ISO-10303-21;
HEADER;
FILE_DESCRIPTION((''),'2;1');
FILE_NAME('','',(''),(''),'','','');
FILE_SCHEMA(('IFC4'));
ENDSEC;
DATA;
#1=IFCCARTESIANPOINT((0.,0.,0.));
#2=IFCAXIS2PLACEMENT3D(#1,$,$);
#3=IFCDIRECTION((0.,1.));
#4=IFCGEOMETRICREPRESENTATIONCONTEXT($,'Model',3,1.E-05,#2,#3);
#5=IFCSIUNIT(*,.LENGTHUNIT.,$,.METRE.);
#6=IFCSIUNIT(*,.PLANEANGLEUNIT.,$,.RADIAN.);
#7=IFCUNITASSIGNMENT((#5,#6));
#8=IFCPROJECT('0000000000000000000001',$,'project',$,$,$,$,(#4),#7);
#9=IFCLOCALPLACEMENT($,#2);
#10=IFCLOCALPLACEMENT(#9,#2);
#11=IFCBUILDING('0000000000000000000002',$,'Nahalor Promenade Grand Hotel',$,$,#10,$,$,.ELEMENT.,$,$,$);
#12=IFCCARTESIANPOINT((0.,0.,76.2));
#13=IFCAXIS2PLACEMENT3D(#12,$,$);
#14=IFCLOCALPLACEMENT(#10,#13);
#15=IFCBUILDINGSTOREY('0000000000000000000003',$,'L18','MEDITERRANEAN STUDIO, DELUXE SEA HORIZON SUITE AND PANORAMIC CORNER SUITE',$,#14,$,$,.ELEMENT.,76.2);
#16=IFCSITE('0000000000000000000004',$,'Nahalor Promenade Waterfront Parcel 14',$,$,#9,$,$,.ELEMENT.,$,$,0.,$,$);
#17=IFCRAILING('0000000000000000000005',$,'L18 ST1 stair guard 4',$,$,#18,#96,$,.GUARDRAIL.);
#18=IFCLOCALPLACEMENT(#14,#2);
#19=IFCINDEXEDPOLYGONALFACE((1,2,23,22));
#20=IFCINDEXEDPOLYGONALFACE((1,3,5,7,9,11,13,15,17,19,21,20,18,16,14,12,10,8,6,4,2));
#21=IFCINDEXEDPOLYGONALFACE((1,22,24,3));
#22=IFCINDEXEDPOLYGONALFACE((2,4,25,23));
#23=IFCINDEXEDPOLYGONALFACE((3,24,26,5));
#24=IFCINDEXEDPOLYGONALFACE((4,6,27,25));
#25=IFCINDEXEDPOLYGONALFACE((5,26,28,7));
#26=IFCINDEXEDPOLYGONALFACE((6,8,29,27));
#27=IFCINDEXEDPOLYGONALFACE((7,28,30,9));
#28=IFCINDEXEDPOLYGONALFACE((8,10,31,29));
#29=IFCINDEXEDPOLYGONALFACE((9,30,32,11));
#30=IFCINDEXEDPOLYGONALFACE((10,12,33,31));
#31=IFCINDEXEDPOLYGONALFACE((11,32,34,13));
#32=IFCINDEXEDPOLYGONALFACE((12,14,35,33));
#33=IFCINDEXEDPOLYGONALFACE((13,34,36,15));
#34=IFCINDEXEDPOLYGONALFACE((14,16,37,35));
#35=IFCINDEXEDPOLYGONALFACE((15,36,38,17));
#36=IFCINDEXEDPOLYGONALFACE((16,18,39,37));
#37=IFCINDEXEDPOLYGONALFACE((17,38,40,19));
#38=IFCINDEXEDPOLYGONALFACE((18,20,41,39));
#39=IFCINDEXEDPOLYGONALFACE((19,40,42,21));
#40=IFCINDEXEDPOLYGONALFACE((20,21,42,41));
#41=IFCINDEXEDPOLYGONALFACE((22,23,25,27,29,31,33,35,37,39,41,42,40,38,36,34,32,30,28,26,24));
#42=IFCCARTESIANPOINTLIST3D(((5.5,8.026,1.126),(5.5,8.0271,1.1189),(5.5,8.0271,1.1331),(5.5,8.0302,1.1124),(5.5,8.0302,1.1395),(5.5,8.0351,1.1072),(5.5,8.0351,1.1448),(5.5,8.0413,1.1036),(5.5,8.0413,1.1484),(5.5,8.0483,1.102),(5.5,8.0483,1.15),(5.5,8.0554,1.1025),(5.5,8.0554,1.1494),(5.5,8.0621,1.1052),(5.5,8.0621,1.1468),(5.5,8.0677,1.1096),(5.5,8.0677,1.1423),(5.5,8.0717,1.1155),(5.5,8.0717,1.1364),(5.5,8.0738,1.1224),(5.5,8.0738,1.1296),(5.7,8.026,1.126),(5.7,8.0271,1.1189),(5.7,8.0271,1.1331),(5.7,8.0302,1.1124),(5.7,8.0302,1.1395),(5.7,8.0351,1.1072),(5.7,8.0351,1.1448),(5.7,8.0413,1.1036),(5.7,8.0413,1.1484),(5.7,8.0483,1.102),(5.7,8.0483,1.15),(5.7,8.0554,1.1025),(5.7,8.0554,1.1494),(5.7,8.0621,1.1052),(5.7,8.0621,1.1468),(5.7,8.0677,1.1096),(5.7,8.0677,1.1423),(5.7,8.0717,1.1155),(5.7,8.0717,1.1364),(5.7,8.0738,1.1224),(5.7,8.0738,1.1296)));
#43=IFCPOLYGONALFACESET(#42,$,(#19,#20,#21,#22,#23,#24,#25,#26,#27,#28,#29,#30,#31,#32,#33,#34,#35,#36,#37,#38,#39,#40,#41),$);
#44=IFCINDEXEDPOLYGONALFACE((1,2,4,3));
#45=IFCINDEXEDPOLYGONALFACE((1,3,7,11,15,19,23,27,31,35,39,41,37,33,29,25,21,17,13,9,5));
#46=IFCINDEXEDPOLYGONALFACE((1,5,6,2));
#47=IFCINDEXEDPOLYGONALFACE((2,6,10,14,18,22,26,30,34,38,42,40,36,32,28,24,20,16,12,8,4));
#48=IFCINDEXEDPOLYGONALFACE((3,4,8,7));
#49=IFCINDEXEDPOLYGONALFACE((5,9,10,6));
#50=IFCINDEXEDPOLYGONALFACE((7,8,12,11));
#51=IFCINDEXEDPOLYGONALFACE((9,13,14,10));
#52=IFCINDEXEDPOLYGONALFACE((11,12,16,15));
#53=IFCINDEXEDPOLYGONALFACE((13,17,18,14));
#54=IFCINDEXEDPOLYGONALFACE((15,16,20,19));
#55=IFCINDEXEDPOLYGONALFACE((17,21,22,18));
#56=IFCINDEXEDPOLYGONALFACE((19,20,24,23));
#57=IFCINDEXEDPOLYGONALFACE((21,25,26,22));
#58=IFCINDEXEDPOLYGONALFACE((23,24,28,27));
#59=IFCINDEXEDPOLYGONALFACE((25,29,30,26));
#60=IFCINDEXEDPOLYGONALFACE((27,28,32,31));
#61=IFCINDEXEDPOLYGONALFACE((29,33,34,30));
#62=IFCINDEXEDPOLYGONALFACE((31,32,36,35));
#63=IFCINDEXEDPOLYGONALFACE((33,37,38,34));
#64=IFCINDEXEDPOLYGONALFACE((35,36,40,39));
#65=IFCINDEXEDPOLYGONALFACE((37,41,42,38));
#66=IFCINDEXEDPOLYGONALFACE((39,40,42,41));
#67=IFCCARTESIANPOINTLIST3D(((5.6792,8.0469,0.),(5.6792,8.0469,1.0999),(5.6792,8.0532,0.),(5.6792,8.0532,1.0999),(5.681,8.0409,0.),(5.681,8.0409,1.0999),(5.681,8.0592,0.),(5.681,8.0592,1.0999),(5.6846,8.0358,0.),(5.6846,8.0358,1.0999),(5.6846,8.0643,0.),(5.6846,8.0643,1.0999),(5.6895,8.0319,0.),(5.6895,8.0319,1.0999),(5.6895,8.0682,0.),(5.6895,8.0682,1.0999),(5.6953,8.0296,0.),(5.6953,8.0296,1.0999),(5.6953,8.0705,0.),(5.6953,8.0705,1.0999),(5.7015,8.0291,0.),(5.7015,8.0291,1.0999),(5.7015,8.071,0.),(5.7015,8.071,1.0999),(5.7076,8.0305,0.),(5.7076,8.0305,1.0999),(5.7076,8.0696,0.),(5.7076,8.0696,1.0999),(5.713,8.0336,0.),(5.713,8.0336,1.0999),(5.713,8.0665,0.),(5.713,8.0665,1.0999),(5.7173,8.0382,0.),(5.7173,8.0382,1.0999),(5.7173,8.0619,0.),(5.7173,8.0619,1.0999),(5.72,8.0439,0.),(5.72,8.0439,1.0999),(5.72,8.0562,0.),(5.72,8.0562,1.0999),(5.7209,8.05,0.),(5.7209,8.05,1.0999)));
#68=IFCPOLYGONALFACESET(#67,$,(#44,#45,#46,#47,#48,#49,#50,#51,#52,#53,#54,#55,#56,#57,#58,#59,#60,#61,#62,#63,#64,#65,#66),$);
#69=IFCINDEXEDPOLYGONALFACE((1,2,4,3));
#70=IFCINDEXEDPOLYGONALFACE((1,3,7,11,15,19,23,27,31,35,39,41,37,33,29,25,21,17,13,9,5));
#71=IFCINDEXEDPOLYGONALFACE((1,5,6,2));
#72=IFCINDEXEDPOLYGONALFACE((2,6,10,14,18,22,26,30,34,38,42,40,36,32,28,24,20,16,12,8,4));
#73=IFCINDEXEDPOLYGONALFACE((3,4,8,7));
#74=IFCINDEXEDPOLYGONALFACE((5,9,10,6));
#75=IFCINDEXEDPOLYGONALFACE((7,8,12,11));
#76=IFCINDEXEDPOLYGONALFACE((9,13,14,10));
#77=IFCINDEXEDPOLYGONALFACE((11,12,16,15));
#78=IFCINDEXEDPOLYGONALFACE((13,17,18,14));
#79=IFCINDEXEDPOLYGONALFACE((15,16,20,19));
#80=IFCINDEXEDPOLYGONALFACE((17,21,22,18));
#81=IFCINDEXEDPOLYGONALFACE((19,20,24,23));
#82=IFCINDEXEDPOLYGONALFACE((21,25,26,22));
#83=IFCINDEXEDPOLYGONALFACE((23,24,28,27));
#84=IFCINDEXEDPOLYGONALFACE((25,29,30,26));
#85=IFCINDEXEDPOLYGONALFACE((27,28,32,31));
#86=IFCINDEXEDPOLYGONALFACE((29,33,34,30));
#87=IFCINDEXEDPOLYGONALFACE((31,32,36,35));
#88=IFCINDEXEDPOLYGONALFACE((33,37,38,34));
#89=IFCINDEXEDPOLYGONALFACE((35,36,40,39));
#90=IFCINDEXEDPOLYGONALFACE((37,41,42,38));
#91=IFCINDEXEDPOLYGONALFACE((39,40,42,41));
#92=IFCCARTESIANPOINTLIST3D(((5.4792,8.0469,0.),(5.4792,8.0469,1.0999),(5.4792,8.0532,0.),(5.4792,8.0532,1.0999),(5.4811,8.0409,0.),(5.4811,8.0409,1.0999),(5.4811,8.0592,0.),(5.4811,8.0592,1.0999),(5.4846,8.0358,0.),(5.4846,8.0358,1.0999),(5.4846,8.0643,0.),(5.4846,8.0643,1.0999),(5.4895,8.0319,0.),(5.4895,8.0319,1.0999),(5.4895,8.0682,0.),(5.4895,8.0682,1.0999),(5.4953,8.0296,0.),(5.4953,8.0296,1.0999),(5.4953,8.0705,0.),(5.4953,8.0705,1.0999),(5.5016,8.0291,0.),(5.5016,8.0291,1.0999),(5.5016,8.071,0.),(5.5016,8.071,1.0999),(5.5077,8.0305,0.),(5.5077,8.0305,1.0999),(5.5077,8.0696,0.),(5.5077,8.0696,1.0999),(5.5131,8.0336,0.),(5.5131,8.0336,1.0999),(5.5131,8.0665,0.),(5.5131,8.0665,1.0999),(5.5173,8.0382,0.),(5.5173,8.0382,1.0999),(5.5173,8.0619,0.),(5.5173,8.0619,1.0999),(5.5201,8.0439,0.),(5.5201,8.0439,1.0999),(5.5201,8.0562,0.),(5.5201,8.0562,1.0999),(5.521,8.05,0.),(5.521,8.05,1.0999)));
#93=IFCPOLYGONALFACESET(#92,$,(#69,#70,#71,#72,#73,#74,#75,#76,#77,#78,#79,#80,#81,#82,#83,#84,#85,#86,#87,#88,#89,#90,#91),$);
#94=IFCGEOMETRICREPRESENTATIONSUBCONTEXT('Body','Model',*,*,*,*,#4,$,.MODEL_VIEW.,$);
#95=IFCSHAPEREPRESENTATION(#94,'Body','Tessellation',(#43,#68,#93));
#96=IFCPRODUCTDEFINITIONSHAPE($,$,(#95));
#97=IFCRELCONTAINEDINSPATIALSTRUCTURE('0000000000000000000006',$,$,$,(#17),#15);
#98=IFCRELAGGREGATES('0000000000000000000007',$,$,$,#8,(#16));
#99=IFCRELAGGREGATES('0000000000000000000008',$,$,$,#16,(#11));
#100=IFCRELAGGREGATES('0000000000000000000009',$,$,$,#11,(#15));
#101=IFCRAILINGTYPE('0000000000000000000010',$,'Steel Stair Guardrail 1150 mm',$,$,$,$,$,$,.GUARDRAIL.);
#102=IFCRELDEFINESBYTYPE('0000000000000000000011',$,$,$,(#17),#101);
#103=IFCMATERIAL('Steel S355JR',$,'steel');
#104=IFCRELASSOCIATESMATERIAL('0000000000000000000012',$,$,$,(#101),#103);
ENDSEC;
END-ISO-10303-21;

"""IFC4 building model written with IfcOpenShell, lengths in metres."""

from ifc_helpers import new_model, si_unit, direction, frame, origin, origin_2d, place, context, subcontext, project, spatial, circle, extrude, material, type_object, element, save


model = new_model("IFC4")

# Units and contexts
model_context = context("Model", 3, precision=1e-05, world=origin(), true_north=direction((0.0, 1.0)))
body_context = subcontext(model_context, "Body", "Model", "MODEL_VIEW")
ifc_project = project(units=[si_unit("LENGTHUNIT", "METRE"), si_unit("PLANEANGLEUNIT", "RADIAN")], contexts=[model_context])

# Site, building, storey
site_placement = place(None, origin())
site = spatial("IfcSite", under=ifc_project, at=site_placement, Name="Nahalor Promenade Waterfront Parcel 14", CompositionType="ELEMENT", RefElevation=0.0)
building_placement = place(site_placement, origin())
building = spatial("IfcBuilding", under=site, at=building_placement, Name="Nahalor Promenade Grand Hotel", CompositionType="ELEMENT")
storey_placement = place(building_placement, frame((0.0, 0.0, 76.2)))
storey = spatial("IfcBuildingStorey", under=building, at=storey_placement, Name="L18", Description="MEDITERRANEAN STUDIO, DELUXE SEA HORIZON SUITE AND PANORAMIC CORNER SUITE", CompositionType="ELEMENT", Elevation=76.2)

# Shared definitions
ifc_material_1 = material(Name="Steel S355JR", Category="steel")

# Railing
railing_type_1 = type_object("IfcRailingType", Name="Steel Stair Guardrail 1150 mm", PredefinedType="GUARDRAIL", material=ifc_material_1)
railing_1_placement = place(storey_placement, frame((5.7, 8.05, 0.0)))
element("IfcRailing", 1, at=railing_1_placement, inside=storey, type_object=railing_type_1, Name="L18 ST1 stair guard 4", PredefinedType="GUARDRAIL", context=body_context, shape_type="SweptSolid", body=[
    extrude(circle(Radius=0.024, at=origin_2d()), frame((0.0, 0.0, 1.126), z_axis=(-1.0, 0.0, 0.0), x_axis=(0.0, -1.0, 0.0)), (0.0, 0.0, 1.0), 0.2),
    extrude(circle(Radius=0.021, at=origin_2d()), origin(), (0.0, 0.0, 1.0), 1.0999),
    extrude(circle(Radius=0.021, at=origin_2d()), frame((-0.2, 0.0, 0.0)), (0.0, 0.0, 1.0), 1.0999),
])

save(model, "model.ifc")
